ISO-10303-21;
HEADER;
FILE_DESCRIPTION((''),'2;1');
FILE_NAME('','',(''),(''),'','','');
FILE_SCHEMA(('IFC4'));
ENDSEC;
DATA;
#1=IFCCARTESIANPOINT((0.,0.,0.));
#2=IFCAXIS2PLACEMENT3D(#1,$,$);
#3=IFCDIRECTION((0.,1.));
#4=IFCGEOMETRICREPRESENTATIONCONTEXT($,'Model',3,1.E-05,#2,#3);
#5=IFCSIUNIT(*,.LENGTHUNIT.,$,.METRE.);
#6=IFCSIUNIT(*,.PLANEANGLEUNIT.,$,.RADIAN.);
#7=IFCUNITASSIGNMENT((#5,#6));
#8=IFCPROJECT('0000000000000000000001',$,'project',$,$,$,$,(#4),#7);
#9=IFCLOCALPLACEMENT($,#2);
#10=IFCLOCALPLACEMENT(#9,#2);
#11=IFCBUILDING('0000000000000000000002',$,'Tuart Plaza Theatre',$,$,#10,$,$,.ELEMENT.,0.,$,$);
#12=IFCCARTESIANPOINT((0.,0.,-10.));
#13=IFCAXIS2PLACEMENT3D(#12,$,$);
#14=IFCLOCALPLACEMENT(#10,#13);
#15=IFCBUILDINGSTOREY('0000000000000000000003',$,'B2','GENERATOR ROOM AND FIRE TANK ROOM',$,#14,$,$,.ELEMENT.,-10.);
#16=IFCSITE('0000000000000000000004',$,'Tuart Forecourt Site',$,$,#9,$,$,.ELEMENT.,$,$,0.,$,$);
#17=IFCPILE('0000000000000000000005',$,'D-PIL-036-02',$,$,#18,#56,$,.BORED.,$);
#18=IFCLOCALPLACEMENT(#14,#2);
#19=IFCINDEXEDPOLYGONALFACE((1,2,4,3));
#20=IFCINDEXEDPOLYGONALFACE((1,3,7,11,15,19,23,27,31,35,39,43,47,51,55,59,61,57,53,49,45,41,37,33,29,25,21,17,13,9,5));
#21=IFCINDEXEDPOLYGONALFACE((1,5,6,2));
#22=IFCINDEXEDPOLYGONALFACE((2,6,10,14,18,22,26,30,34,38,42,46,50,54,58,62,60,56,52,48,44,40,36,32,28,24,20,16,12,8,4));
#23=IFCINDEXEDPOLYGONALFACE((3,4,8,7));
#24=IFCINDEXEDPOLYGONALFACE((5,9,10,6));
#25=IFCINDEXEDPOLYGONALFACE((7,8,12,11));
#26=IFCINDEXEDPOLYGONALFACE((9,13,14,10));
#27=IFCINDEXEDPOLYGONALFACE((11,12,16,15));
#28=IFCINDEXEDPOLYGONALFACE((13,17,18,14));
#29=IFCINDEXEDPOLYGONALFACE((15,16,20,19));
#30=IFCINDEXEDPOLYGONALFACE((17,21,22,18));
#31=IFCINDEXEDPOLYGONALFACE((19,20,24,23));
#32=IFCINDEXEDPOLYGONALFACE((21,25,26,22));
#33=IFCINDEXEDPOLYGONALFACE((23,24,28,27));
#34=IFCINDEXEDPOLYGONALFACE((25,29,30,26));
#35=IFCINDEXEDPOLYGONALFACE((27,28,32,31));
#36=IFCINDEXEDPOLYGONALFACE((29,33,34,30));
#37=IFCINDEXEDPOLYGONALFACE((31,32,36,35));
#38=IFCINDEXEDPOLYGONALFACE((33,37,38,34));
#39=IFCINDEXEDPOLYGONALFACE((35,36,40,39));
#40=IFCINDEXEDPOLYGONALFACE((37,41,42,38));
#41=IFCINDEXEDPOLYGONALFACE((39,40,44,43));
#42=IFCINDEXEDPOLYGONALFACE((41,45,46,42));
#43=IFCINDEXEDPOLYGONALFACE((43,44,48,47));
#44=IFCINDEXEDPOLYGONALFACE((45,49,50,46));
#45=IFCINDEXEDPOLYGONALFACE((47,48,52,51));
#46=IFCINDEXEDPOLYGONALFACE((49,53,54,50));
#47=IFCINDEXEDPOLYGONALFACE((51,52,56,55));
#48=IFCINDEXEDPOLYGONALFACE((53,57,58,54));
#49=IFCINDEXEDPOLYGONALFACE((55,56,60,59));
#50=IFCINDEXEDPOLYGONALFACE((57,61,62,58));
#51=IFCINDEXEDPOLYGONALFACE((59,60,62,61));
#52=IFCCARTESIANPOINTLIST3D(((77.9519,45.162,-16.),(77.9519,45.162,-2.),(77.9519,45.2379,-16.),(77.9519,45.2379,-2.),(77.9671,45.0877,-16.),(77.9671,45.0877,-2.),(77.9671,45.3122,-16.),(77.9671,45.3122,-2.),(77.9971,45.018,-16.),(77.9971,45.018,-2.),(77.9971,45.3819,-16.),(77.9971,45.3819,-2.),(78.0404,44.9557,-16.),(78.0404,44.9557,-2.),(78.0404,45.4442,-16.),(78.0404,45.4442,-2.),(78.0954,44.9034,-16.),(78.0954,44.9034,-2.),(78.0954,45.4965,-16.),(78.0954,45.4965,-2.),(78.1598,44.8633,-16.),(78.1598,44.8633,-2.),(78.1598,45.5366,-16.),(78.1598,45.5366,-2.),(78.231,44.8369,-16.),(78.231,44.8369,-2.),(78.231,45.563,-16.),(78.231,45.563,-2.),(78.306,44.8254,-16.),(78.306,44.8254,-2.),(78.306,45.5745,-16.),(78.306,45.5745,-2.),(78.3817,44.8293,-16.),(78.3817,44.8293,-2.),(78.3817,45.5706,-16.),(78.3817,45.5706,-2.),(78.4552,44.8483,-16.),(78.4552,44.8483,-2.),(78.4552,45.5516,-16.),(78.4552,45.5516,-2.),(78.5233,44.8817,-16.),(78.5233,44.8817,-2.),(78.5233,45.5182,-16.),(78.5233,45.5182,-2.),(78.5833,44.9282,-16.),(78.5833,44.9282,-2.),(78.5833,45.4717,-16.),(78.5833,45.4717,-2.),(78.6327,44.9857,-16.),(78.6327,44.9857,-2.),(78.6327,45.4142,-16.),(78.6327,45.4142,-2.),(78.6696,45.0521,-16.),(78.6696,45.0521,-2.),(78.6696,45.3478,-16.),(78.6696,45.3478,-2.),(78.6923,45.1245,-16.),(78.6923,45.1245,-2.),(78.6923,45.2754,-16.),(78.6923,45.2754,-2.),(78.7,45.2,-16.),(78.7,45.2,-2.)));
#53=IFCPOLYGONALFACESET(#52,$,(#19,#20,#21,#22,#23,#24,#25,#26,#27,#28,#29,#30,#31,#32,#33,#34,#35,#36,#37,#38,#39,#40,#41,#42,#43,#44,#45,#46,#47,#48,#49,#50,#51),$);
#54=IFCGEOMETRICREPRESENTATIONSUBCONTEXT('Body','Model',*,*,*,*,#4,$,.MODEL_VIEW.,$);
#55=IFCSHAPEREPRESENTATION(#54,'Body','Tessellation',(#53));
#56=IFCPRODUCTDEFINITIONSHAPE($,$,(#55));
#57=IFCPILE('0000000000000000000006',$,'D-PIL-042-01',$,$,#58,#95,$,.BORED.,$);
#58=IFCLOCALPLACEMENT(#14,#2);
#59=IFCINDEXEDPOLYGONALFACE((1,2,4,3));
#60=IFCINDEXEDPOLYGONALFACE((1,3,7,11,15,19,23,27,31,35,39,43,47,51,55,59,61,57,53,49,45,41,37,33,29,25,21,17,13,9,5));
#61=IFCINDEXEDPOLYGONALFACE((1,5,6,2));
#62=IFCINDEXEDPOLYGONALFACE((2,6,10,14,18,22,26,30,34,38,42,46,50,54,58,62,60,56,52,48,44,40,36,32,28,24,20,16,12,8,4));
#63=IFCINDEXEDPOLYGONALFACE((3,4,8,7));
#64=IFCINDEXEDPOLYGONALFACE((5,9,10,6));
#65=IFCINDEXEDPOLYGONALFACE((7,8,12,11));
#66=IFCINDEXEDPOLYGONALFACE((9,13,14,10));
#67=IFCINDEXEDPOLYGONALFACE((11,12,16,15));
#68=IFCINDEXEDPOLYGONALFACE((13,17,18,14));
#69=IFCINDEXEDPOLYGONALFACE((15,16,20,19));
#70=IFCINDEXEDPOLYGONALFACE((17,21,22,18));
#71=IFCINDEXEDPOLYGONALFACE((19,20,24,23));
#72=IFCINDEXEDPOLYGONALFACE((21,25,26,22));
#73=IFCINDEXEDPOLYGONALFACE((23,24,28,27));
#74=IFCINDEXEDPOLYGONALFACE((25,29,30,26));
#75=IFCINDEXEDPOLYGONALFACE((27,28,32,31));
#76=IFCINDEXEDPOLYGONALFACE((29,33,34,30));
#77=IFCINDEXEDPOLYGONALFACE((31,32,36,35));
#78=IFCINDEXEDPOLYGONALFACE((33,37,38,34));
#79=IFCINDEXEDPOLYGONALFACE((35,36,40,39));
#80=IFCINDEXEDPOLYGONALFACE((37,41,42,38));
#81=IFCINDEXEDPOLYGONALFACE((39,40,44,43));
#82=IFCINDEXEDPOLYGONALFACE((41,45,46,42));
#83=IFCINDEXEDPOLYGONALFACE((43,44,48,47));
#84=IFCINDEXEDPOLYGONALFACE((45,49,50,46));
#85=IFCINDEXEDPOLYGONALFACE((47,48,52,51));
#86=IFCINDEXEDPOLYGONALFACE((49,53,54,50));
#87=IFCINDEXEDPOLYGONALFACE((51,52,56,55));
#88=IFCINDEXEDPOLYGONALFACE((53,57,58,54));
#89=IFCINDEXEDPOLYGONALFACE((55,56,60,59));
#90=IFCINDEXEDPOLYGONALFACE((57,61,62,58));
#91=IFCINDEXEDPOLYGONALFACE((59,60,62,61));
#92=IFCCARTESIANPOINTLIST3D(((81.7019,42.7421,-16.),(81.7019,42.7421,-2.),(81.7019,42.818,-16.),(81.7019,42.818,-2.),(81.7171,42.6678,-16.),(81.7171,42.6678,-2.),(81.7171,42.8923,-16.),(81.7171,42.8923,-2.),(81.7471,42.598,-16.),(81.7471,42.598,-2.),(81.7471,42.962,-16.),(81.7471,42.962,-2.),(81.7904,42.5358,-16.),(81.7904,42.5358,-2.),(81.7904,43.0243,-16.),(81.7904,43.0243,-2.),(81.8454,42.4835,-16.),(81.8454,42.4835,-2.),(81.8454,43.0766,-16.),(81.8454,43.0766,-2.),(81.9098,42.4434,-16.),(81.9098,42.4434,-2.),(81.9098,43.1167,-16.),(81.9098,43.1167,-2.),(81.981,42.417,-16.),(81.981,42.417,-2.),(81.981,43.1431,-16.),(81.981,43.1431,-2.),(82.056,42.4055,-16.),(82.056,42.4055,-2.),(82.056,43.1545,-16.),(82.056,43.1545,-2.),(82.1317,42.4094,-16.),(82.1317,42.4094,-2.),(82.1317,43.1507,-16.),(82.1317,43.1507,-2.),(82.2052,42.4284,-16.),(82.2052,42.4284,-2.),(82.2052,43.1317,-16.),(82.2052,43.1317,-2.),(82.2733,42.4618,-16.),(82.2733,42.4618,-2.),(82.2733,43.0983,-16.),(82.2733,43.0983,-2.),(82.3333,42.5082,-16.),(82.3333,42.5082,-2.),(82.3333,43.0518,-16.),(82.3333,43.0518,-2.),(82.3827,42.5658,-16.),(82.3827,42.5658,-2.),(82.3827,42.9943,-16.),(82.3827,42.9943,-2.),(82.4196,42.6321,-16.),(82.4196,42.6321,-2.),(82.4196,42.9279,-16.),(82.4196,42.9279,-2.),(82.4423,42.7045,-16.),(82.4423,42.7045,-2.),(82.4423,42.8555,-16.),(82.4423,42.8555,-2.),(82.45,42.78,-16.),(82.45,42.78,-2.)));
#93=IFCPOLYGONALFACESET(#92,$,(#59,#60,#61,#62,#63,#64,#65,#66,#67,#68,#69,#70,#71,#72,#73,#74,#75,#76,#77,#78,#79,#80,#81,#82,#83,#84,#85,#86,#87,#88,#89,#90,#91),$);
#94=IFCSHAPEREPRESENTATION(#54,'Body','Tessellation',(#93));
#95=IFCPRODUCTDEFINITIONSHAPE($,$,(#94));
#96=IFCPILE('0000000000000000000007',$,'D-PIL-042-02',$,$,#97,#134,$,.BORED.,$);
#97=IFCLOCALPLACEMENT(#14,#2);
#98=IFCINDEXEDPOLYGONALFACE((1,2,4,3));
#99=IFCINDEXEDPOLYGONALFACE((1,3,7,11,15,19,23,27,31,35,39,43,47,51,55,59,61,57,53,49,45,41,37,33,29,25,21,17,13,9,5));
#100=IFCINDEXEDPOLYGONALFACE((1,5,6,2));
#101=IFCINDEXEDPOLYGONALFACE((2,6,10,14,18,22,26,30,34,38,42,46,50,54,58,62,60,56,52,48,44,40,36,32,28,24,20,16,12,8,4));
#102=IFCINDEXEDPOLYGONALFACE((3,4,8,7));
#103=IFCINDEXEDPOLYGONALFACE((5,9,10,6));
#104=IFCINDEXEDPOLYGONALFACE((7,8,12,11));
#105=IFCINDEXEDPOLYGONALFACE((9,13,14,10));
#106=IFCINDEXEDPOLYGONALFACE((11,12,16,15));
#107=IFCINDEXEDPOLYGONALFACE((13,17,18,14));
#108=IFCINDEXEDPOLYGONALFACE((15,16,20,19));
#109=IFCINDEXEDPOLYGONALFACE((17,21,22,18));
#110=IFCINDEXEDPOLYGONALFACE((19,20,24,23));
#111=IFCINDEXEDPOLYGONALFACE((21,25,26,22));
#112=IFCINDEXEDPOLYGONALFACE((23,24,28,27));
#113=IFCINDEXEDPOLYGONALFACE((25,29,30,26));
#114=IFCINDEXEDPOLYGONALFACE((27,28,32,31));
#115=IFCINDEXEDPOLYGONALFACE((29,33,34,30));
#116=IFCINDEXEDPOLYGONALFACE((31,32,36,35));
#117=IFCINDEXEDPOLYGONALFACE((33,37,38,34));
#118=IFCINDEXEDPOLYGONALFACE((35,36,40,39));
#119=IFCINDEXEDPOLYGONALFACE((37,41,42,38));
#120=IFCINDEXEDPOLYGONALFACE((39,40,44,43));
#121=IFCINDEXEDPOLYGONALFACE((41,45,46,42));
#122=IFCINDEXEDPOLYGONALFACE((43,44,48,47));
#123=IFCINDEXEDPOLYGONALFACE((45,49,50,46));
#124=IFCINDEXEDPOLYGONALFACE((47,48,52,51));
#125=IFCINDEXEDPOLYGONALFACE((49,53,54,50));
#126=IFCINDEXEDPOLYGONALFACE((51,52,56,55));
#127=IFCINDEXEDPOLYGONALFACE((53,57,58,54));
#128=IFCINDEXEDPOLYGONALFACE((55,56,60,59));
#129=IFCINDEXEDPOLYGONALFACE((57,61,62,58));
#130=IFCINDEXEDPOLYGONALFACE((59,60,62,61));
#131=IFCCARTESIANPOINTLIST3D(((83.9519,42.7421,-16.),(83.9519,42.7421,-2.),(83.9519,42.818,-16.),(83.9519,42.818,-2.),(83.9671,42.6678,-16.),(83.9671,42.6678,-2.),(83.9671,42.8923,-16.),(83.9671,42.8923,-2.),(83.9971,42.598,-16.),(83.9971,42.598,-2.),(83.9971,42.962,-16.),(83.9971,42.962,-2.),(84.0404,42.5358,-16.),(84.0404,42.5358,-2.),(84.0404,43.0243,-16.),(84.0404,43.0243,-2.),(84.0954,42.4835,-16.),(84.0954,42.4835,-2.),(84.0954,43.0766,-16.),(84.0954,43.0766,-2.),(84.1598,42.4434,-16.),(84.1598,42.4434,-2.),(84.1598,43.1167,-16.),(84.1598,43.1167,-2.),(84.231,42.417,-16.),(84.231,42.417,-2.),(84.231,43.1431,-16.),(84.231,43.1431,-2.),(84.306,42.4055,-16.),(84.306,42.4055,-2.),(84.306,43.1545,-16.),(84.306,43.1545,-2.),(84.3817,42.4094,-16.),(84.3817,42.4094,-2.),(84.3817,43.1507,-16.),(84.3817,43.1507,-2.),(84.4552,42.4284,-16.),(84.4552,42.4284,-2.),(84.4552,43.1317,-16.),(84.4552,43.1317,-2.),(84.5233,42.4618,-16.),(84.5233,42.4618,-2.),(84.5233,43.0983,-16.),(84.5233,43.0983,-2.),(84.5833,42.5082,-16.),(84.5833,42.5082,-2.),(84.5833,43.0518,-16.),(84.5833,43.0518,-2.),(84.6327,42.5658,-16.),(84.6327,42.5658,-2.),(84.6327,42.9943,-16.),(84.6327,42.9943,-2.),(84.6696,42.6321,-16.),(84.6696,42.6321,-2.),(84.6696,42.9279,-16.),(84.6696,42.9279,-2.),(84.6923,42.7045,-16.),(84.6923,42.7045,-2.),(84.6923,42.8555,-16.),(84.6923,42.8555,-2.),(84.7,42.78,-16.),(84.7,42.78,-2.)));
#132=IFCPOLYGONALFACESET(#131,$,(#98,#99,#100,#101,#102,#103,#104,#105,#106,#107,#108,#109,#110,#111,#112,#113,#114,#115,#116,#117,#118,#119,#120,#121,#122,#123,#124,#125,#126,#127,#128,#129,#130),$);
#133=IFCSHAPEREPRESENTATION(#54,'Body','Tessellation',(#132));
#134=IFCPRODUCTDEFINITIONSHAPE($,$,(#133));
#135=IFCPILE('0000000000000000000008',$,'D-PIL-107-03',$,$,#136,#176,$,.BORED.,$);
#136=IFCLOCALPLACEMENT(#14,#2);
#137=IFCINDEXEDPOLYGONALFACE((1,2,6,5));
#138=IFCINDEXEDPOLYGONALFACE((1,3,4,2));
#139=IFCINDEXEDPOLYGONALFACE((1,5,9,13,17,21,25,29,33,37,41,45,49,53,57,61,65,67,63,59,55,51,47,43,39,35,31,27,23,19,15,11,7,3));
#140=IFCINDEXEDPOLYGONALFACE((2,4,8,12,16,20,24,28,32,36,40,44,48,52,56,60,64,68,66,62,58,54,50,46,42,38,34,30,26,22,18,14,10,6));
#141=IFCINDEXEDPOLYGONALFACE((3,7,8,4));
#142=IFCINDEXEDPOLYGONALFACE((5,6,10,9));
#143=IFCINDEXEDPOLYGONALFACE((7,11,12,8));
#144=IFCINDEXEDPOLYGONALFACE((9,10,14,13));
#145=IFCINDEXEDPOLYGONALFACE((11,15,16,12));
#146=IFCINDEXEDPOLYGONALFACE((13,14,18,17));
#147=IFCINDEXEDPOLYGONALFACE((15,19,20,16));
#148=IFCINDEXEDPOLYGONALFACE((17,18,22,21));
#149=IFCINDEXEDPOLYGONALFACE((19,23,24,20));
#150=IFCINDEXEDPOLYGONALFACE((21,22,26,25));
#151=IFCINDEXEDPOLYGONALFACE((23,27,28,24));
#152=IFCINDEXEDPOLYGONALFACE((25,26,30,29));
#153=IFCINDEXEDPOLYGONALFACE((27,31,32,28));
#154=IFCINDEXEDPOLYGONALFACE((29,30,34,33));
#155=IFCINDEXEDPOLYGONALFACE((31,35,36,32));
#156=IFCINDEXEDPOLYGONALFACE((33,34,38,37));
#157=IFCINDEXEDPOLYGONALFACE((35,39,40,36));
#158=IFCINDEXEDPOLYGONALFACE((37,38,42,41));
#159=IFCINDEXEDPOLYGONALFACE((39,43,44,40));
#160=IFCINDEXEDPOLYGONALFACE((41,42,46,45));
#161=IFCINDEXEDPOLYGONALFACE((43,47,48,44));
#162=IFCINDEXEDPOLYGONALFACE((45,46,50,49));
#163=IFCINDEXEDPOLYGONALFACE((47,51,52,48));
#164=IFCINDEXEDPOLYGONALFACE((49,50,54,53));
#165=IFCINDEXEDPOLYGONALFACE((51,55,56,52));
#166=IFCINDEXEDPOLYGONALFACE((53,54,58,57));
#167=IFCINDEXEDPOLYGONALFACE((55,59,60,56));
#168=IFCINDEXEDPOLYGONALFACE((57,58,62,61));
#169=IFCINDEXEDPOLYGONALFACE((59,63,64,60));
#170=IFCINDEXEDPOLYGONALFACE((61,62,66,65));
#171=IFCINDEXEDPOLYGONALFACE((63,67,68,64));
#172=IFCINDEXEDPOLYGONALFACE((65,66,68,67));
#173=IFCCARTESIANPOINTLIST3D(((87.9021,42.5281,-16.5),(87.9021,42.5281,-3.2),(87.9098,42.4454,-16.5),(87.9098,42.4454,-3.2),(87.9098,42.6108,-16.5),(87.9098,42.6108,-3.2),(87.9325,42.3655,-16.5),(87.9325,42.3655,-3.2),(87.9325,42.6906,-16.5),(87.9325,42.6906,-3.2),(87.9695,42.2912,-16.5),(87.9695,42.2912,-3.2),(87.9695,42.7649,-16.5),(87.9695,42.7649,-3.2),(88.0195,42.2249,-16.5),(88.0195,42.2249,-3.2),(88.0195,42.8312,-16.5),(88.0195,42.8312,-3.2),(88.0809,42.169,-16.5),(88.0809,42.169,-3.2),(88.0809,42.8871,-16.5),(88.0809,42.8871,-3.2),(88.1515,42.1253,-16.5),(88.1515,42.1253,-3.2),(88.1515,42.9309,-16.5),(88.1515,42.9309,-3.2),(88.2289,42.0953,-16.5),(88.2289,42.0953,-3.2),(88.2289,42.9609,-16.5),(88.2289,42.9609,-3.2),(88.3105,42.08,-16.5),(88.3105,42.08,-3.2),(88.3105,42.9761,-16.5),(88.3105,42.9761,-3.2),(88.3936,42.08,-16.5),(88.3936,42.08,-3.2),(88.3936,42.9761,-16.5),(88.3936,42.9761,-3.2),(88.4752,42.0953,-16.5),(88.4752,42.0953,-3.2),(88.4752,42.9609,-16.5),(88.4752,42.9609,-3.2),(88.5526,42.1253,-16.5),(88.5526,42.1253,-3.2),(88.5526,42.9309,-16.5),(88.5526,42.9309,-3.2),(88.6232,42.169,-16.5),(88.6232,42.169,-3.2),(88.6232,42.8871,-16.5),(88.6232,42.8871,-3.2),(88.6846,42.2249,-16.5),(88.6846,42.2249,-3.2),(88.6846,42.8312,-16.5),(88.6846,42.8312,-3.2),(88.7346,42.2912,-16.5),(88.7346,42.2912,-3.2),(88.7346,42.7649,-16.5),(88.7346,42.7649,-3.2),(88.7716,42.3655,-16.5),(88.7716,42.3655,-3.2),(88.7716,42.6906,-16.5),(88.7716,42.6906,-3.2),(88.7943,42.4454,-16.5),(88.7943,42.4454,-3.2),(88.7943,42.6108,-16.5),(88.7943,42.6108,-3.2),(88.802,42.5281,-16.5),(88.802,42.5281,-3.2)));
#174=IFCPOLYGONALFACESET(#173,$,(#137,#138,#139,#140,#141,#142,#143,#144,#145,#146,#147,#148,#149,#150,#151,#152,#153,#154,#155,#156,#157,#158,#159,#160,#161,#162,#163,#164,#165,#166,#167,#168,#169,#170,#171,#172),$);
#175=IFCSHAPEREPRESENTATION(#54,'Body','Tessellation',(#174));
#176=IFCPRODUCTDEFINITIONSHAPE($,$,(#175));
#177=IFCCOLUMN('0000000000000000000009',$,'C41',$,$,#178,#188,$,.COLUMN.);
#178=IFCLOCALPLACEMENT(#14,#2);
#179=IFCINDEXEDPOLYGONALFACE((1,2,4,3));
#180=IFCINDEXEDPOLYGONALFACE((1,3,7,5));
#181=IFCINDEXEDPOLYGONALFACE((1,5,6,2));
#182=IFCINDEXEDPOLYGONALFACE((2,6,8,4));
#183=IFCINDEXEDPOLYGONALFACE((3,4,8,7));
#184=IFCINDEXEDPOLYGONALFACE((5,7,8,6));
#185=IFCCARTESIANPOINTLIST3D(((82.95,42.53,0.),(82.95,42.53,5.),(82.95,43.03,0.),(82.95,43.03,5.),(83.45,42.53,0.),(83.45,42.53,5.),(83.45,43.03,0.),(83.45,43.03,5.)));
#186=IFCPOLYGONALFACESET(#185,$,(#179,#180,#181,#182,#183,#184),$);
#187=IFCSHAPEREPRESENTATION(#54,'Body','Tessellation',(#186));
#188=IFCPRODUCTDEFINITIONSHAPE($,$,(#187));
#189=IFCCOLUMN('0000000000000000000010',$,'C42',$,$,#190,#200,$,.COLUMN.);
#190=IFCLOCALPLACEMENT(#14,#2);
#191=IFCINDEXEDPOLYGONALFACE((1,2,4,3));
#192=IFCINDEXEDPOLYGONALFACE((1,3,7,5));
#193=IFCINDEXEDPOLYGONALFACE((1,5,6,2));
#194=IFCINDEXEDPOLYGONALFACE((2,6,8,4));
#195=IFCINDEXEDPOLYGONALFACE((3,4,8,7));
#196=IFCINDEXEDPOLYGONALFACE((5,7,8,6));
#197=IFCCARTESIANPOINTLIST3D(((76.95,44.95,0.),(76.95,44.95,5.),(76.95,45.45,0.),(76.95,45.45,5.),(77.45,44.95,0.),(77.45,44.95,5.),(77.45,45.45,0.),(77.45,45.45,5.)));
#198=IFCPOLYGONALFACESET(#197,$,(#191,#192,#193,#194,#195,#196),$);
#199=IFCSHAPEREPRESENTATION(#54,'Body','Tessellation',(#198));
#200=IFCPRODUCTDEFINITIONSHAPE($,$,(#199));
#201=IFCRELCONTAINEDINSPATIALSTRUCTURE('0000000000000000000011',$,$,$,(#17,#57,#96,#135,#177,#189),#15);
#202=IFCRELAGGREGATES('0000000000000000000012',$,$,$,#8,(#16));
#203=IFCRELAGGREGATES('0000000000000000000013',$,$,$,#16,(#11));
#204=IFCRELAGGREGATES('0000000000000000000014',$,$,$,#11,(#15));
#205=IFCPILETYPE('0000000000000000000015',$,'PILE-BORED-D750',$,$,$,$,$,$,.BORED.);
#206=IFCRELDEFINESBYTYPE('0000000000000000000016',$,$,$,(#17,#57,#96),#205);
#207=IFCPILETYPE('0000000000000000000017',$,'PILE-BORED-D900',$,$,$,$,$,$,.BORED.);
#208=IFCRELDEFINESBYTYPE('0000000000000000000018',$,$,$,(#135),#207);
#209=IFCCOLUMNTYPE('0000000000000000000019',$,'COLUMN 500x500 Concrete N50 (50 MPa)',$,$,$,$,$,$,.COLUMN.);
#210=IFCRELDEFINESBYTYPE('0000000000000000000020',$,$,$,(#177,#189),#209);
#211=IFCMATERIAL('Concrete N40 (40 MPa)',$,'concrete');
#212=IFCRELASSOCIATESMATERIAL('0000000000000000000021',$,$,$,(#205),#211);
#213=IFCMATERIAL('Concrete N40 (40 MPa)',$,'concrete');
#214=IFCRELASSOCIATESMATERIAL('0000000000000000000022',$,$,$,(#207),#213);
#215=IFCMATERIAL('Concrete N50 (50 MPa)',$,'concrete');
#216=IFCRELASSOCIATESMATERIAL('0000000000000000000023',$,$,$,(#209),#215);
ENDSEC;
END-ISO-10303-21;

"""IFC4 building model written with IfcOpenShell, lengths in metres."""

from ifc_helpers import new_model, si_unit, direction, frame, origin, origin_2d, place, context, subcontext, project, spatial, rectangle, circle, extrude, material, material_profile, profile_set, type_object, element, save


model = new_model("IFC4")

# Units and contexts
model_context = context("Model", 3, precision=1e-05, world=origin(), true_north=direction((0.0, 1.0)))
body_context = subcontext(model_context, "Body", "Model", "MODEL_VIEW")
ifc_project = project(units=[si_unit("LENGTHUNIT", "METRE"), si_unit("PLANEANGLEUNIT", "RADIAN")], contexts=[model_context])

# Site, building, storey
site_placement = place(None, origin())
site = spatial("IfcSite", under=ifc_project, at=site_placement, Name="Tuart Forecourt Site", CompositionType="ELEMENT", RefElevation=0.0)
building_placement = place(site_placement, origin())
building = spatial("IfcBuilding", under=site, at=building_placement, Name="Tuart Plaza Theatre", CompositionType="ELEMENT", ElevationOfRefHeight=0.0)
storey_placement = place(building_placement, frame((0.0, 0.0, -10.0)))
storey = spatial("IfcBuildingStorey", under=building, at=storey_placement, Name="B2", Description="GENERATOR ROOM AND FIRE TANK ROOM", CompositionType="ELEMENT", Elevation=-10.0)

# Piles
ifc_material_1 = material(Name="Concrete N40 (40 MPa)", Category="concrete")
ifc_material_profile_1 = material_profile(ifc_material_1, circle(Radius=0.375, at=origin_2d()), Name="PILE-BORED-D750")
ifc_profile_set_1 = profile_set([ifc_material_profile_1], Name="Concrete N40 (40 MPa)")
pile_type_1 = type_object("IfcPileType", Name="PILE-BORED-D750", PredefinedType="BORED", material=ifc_profile_set_1)
for number, where, z_axis, x_axis, name in (
    (1, (78.325, 45.2, -2.0), (0.0, 0.0, -1.0), (1.0, 0.0, 0.0), "D-PIL-036-02"),
    (2, (82.075, 42.78, -2.0), (0.0, 0.0, -1.0), (1.0, 0.0, 0.0), "D-PIL-042-01"),
    (3, (84.325, 42.78, -2.0), (0.0, 0.0, -1.0), (1.0, 0.0, 0.0), "D-PIL-042-02"),
):
    element("IfcPile", number, at=place(storey_placement, frame(where, z_axis=z_axis, x_axis=x_axis)), inside=storey, type_object=pile_type_1, Name=name, PredefinedType="BORED", context=body_context, shape_type="SweptSolid", body=[
        extrude(circle(Radius=0.375, at=origin_2d()), origin(), (0.0, 0.0, 1.0), 14.0),
    ])
ifc_material_2 = material(Name="Concrete N40 (40 MPa)", Category="concrete")
ifc_material_profile_2 = material_profile(ifc_material_2, circle(Radius=0.45, at=origin_2d()), Name="PILE-BORED-D900")
ifc_profile_set_2 = profile_set([ifc_material_profile_2], Name="Concrete N40 (40 MPa)")
pile_type_2 = type_object("IfcPileType", Name="PILE-BORED-D900", PredefinedType="BORED", material=ifc_profile_set_2)
pile_1_placement = place(storey_placement, frame((88.3521, 42.5281, -3.2), z_axis=(0.0, 0.0, -1.0), x_axis=(1.0, 0.0, 0.0)))
element("IfcPile", 4, at=pile_1_placement, inside=storey, type_object=pile_type_2, Name="D-PIL-107-03", PredefinedType="BORED", context=body_context, shape_type="SweptSolid", body=[
    extrude(circle(Radius=0.45, at=origin_2d()), origin(), (0.0, 0.0, 1.0), 13.3),
])

# Columns
ifc_material_3 = material(Name="Concrete N50 (50 MPa)", Category="concrete")
ifc_material_profile_3 = material_profile(ifc_material_3, rectangle(XDim=0.5, YDim=0.5, at=origin_2d()), Name="COLUMN 500x500 Concrete N50 (50 MPa)")
ifc_profile_set_3 = profile_set([ifc_material_profile_3], Name="Concrete N50 (50 MPa)")
column_type = type_object("IfcColumnType", Name="COLUMN 500x500 Concrete N50 (50 MPa)", PredefinedType="COLUMN", material=ifc_profile_set_3)
for number, where, z_axis, x_axis, name in (
    (5, (83.2, 42.78, 0.0), (0.0, 0.0, 1.0), (1.0, 0.0, 0.0), "C41"),
    (6, (77.2, 45.2, 0.0), (0.0, 0.0, 1.0), (1.0, 0.0, 0.0), "C42"),
):
    element("IfcColumn", number, at=place(storey_placement, frame(where, z_axis=z_axis, x_axis=x_axis)), inside=storey, type_object=column_type, Name=name, PredefinedType="COLUMN", context=body_context, shape_type="SweptSolid", body=[
        extrude(rectangle(XDim=0.5, YDim=0.5, at=origin_2d()), origin(), (0.0, 0.0, 1.0), 5.0),
    ])

save(model, "model.ifc")
